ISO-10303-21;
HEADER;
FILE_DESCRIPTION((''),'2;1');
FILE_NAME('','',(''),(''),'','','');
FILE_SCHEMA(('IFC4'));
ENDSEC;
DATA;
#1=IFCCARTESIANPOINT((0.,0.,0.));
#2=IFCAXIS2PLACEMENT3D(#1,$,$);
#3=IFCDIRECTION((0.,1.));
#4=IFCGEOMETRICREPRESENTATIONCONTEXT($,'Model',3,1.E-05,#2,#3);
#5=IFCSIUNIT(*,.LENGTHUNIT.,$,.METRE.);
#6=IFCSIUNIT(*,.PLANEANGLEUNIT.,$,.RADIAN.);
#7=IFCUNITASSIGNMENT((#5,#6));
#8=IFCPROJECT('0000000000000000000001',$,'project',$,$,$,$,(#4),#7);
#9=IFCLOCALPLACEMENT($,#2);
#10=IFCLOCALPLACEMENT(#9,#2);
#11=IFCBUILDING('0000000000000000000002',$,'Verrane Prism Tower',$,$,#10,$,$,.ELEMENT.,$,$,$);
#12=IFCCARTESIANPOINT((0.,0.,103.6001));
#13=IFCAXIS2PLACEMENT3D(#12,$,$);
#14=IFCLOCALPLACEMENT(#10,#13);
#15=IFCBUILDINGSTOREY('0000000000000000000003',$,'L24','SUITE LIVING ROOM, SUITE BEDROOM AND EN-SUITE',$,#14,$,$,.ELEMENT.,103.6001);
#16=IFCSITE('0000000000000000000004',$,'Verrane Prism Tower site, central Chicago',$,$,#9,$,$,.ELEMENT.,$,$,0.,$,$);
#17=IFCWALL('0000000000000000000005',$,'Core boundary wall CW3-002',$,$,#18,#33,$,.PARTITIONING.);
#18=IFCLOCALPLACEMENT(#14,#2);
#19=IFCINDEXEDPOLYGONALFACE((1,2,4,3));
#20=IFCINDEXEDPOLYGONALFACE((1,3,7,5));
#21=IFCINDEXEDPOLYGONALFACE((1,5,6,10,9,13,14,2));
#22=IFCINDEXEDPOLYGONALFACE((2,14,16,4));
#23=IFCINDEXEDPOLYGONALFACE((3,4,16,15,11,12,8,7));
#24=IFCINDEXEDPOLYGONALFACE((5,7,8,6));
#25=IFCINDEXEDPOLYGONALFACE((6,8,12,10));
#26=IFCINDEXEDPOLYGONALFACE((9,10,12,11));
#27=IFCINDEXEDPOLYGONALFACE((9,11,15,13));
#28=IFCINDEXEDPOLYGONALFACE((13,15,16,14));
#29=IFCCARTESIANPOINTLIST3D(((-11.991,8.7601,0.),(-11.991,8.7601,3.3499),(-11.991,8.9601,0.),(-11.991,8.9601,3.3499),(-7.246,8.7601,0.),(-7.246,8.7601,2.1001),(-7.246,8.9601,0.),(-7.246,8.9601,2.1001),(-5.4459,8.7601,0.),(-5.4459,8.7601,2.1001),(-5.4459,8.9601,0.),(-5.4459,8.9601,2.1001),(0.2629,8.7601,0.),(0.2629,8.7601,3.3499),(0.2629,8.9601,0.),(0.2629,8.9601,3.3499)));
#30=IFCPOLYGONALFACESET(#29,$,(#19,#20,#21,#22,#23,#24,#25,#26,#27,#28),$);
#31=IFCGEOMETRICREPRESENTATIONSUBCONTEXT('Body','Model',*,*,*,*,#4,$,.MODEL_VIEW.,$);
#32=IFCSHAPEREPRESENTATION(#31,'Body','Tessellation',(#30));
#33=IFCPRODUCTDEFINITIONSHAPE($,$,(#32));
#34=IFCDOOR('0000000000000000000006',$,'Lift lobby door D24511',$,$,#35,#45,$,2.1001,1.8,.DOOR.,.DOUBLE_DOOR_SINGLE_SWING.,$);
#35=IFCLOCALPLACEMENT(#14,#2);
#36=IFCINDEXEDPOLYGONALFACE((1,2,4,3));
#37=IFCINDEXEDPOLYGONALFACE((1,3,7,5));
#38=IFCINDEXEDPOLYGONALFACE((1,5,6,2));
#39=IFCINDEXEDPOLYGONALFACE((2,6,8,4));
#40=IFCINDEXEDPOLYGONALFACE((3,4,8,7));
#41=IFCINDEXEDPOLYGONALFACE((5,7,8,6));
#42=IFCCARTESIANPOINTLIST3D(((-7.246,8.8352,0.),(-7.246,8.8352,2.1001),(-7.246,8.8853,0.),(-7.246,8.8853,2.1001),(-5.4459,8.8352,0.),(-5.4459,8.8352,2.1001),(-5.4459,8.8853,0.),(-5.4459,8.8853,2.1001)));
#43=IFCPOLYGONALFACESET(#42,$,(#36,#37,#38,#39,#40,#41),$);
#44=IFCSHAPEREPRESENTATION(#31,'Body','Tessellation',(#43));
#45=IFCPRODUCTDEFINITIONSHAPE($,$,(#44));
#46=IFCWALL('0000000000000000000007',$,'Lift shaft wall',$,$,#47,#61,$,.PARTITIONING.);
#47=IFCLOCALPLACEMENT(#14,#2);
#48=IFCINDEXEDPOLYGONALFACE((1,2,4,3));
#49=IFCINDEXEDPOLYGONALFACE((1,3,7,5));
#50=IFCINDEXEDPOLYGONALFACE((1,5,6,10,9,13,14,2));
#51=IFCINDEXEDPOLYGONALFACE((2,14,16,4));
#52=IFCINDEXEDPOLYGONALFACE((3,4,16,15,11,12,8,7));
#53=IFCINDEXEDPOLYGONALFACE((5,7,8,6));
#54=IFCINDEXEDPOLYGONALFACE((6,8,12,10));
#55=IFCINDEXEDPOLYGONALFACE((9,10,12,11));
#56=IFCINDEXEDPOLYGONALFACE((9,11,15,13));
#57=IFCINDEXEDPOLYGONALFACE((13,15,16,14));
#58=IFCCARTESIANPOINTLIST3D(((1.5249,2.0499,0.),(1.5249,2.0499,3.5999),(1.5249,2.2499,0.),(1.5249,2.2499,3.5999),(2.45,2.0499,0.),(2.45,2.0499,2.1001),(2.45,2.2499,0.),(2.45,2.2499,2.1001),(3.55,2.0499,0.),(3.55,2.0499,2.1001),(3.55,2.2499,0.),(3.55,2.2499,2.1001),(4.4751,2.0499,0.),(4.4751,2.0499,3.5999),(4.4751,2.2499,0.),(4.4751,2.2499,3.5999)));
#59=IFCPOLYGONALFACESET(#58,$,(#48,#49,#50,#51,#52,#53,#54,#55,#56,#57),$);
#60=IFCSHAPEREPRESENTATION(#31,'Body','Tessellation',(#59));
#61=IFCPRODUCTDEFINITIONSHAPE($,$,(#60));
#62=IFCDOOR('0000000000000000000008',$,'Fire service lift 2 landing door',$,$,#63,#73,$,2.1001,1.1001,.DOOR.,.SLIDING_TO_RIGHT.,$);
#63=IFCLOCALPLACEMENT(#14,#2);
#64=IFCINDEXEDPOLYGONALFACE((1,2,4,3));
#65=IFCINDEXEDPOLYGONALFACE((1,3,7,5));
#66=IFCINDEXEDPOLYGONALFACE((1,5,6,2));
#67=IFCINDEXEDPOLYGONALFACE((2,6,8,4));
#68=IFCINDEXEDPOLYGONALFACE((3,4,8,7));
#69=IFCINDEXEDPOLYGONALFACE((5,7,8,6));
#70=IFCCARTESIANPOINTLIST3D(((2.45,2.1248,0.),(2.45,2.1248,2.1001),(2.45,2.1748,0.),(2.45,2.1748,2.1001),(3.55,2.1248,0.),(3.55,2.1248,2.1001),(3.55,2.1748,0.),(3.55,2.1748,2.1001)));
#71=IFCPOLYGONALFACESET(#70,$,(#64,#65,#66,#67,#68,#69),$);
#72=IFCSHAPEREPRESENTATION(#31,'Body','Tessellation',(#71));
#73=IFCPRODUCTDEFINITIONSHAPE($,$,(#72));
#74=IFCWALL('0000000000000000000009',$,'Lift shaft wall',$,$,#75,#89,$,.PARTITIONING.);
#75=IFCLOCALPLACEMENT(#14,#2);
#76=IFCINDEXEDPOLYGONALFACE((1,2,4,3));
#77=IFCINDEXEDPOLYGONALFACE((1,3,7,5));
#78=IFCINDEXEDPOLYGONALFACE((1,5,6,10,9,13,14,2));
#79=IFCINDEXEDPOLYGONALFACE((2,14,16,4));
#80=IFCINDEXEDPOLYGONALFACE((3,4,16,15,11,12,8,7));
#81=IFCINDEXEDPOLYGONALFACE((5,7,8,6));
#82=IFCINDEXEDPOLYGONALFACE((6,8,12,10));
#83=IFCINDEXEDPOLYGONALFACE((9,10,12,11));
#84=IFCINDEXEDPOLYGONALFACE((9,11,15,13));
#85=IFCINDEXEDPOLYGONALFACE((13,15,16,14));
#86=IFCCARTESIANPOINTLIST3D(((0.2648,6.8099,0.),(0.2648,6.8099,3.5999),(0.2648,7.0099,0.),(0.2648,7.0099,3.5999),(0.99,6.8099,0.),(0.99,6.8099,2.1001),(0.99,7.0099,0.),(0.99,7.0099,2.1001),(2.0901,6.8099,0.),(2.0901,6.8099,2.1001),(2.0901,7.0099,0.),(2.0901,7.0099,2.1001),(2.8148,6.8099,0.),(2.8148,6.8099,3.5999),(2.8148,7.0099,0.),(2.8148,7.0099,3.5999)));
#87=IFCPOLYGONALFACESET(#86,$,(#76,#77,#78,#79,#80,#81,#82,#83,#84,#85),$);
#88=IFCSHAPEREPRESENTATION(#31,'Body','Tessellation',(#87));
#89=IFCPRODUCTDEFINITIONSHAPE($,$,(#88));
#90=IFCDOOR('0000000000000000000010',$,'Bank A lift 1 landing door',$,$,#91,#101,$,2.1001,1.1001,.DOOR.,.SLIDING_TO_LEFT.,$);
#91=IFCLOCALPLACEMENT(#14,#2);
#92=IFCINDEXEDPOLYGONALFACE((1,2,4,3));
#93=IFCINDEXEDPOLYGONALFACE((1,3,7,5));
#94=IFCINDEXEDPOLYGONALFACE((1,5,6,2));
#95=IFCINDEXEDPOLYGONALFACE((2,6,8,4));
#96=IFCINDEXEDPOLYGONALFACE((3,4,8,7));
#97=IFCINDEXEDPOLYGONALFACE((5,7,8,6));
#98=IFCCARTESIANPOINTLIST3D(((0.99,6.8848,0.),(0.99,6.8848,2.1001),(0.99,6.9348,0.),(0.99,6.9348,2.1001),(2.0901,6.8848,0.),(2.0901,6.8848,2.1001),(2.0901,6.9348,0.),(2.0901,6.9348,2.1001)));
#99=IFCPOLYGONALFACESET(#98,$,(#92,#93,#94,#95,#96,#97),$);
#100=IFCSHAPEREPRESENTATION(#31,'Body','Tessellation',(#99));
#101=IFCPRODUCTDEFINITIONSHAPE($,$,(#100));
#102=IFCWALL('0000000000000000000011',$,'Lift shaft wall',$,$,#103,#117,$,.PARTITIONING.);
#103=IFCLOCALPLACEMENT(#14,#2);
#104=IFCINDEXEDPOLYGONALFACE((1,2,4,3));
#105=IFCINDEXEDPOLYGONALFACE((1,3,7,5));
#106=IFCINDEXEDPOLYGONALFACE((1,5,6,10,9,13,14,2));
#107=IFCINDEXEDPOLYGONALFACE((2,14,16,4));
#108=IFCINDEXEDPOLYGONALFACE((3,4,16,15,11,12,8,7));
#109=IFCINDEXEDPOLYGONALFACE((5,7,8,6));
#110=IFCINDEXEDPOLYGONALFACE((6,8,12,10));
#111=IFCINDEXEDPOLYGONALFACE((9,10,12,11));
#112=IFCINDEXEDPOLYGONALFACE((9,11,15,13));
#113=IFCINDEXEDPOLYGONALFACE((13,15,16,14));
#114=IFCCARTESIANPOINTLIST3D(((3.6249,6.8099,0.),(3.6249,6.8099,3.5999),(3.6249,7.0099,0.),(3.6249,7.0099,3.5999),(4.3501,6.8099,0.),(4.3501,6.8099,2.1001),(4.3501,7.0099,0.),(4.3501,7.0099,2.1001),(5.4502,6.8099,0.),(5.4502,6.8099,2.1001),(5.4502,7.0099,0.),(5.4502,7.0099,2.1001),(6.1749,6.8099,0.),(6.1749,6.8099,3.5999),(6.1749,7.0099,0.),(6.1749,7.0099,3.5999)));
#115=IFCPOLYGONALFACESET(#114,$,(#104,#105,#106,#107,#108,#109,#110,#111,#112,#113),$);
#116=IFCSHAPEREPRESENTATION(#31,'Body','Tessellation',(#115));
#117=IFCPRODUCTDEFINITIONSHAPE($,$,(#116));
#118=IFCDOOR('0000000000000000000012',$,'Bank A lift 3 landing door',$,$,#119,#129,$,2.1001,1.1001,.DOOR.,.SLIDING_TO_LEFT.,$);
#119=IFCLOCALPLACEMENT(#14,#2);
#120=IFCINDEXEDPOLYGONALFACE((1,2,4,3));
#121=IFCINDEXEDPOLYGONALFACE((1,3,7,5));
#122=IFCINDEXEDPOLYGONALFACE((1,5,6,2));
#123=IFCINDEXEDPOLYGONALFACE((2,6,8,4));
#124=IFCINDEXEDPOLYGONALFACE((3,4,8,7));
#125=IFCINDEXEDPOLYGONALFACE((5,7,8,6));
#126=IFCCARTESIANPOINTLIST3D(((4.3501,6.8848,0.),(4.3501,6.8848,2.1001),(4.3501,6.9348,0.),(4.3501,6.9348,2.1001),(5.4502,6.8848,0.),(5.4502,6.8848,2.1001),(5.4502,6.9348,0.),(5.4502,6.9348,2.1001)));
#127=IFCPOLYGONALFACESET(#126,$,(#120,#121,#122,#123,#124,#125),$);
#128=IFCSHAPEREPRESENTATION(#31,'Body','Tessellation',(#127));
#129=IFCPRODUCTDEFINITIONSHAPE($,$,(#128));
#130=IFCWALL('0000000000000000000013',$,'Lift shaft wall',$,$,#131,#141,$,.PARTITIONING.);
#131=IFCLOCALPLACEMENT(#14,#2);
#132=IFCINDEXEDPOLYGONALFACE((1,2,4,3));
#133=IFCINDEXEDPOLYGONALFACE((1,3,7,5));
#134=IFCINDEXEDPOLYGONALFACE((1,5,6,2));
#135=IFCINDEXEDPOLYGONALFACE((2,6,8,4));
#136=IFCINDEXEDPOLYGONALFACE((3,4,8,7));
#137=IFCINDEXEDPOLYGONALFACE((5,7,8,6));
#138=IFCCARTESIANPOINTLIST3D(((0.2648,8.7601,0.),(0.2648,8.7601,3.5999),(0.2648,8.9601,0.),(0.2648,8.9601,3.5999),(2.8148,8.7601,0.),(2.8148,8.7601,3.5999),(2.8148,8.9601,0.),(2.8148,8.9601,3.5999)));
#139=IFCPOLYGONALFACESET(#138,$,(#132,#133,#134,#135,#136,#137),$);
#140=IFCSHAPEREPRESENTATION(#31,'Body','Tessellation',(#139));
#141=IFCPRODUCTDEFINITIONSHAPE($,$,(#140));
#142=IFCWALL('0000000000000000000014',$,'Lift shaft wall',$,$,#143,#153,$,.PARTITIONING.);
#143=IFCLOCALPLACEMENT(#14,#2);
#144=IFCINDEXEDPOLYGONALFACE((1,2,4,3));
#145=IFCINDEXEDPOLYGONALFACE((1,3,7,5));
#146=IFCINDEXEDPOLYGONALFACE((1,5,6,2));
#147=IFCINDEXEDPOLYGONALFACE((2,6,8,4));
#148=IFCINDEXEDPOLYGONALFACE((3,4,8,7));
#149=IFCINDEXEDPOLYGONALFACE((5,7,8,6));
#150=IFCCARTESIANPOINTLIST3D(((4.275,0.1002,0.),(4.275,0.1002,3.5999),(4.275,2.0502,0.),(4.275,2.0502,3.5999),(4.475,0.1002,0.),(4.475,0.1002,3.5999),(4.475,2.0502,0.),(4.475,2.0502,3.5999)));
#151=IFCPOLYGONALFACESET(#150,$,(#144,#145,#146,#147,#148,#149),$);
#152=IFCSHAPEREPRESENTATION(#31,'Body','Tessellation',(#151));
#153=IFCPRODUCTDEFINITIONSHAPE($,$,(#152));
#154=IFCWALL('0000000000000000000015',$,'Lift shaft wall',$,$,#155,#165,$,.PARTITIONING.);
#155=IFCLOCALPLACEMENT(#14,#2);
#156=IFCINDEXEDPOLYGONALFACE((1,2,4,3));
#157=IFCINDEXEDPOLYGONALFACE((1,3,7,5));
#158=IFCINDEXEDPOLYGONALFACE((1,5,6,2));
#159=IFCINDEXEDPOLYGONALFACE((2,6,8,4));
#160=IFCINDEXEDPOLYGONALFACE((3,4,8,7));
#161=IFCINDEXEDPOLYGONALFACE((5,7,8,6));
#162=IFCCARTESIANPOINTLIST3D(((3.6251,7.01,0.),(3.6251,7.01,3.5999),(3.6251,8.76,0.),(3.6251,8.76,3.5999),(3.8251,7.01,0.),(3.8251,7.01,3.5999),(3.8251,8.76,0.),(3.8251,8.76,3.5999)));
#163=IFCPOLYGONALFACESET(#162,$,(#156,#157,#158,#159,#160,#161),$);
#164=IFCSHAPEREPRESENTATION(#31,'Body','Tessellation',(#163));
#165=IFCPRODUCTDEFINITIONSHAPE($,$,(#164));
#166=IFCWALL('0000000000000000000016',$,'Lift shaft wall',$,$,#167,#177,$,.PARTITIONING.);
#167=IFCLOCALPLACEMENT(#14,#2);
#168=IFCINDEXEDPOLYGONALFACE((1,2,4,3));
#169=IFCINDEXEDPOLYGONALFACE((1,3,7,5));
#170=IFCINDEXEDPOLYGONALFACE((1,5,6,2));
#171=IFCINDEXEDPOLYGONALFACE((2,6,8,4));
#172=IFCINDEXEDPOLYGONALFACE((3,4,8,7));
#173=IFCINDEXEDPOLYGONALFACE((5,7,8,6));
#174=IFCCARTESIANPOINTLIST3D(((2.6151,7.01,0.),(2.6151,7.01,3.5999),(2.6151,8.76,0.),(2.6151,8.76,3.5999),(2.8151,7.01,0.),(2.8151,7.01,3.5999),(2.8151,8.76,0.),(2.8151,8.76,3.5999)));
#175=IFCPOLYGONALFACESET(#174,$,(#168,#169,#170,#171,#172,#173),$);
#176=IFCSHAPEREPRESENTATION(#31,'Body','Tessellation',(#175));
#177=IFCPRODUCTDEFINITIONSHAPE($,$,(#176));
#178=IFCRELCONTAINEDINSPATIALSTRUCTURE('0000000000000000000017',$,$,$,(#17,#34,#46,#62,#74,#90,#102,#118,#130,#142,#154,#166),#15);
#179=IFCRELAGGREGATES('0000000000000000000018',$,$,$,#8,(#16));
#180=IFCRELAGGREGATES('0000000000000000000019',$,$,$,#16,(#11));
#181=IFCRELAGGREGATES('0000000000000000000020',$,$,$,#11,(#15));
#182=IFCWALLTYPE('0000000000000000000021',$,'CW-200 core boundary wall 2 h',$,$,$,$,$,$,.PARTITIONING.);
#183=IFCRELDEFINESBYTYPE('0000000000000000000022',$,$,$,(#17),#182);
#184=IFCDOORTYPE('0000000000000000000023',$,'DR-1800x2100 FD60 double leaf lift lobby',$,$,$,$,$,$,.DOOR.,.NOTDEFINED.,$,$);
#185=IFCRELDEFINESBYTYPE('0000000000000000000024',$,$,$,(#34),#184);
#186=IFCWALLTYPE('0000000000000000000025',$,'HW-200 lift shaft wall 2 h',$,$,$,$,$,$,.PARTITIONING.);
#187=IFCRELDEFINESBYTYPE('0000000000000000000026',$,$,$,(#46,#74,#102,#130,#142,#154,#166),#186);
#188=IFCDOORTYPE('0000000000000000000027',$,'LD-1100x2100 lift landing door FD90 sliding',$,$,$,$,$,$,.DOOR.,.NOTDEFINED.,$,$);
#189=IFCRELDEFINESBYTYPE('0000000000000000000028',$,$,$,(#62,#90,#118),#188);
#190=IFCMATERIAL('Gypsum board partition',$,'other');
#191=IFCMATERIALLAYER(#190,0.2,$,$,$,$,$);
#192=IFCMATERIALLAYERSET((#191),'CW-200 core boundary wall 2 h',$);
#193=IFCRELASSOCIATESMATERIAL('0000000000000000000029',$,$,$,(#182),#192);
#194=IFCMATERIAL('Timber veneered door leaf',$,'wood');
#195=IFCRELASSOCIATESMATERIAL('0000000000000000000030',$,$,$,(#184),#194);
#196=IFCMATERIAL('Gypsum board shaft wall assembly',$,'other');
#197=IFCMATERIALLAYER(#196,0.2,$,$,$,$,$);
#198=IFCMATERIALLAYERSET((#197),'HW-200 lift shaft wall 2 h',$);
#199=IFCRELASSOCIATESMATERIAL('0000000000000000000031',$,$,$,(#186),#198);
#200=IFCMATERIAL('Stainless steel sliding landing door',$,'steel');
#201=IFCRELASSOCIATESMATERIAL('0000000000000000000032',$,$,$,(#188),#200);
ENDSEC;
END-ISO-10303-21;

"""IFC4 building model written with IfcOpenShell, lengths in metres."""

from ifc_helpers import new_model, si_unit, direction, frame, frame_2d, origin, place, context, subcontext, project, spatial, rectangle, extrude, material, layer, layer_set, type_object, element, fill, save


model = new_model("IFC4")

# Units and contexts
model_context = context("Model", 3, precision=1e-05, world=origin(), true_north=direction((0.0, 1.0)))
body_context = subcontext(model_context, "Body", "Model", "MODEL_VIEW")
ifc_project = project(units=[si_unit("LENGTHUNIT", "METRE"), si_unit("PLANEANGLEUNIT", "RADIAN")], contexts=[model_context])

# Site, building, storey
site_placement = place(None, origin())
site = spatial("IfcSite", under=ifc_project, at=site_placement, Name="Verrane Prism Tower site, central Chicago", CompositionType="ELEMENT", RefElevation=0.0)
building_placement = place(site_placement, origin())
building = spatial("IfcBuilding", under=site, at=building_placement, Name="Verrane Prism Tower", CompositionType="ELEMENT")
storey_placement = place(building_placement, frame((0.0, 0.0, 103.6001)))
storey = spatial("IfcBuildingStorey", under=building, at=storey_placement, Name="L24", Description="SUITE LIVING ROOM, SUITE BEDROOM AND EN-SUITE", CompositionType="ELEMENT", Elevation=103.6001)

# Walls, openings, doors
ifc_material_1 = material(Name="Gypsum board partition", Category="other")
ifc_layer_1 = layer(ifc_material_1, 0.2)
ifc_layer_set_1 = layer_set([ifc_layer_1], Name="CW-200 core boundary wall 2 h")
wall_type_1 = type_object("IfcWallType", Name="CW-200 core boundary wall 2 h", PredefinedType="PARTITIONING", material=ifc_layer_set_1)
wall_1_placement = place(storey_placement, frame((0.2629, 8.8601, 0.0), z_axis=(0.0, 0.0, 1.0), x_axis=(-1.0, 0.0, 0.0)))
wall_1 = element("IfcWall", 1, at=wall_1_placement, inside=storey, type_object=wall_type_1, Name="Core boundary wall CW3-002", PredefinedType="PARTITIONING", context=body_context, shape_type="SweptSolid", body=[
    extrude(rectangle(XDim=12.2539, YDim=0.2, at=frame_2d((6.127, 0.0))), origin(), (0.0, 0.0, 1.0), 3.3499),
])
opening_1_placement = place(wall_1_placement, frame((5.709, 0.0, 0.0)))
opening_1 = element("IfcOpeningElement", 2, at=opening_1_placement, cuts=wall_1, PredefinedType="OPENING", context=body_context, shape_type="SweptSolid", body=[
    extrude(rectangle(XDim=1.8, YDim=2.1001, at=frame_2d((0.8999, 1.05))), frame((0.0, 0.1099, 0.0), z_axis=(0.0, -1.0, 0.0), x_axis=(1.0, 0.0, 0.0)), (0.0, 0.0, 1.0), 0.22),
])
ifc_material_2 = material(Name="Timber veneered door leaf", Category="wood")
door_type_1 = type_object("IfcDoorType", Name="DR-1800x2100 FD60 double leaf lift lobby", OperationType="NOTDEFINED", PredefinedType="DOOR", material=ifc_material_2)
door_1_placement = place(opening_1_placement, origin())
door_1 = element("IfcDoor", 3, at=door_1_placement, inside=storey, type_object=door_type_1, Name="Lift lobby door D24511", OperationType="DOUBLE_DOOR_SINGLE_SWING", OverallHeight=2.1001, OverallWidth=1.8, PredefinedType="DOOR", context=body_context, shape_type="SweptSolid", body=[
    extrude(rectangle(XDim=1.8, YDim=2.1001, at=frame_2d((0.8999, 1.05))), frame((0.0, 0.0249, 0.0), z_axis=(0.0, -1.0, 0.0), x_axis=(1.0, 0.0, 0.0)), (0.0, 0.0, 1.0), 0.05),
])
fill(opening_1, door_1)
ifc_material_3 = material(Name="Gypsum board shaft wall assembly", Category="other")
ifc_layer_2 = layer(ifc_material_3, 0.2)
ifc_layer_set_2 = layer_set([ifc_layer_2], Name="HW-200 lift shaft wall 2 h")
wall_type_2 = type_object("IfcWallType", Name="HW-200 lift shaft wall 2 h", PredefinedType="PARTITIONING", material=ifc_layer_set_2)
wall_2_placement = place(storey_placement, frame((1.5249, 2.1499, 0.0), z_axis=(0.0, 0.0, 1.0), x_axis=(1.0, 0.0, 0.0)))
wall_2 = element("IfcWall", 4, at=wall_2_placement, inside=storey, type_object=wall_type_2, Name="Lift shaft wall", PredefinedType="PARTITIONING", context=body_context, shape_type="SweptSolid", body=[
    extrude(rectangle(XDim=2.9502, YDim=0.2, at=frame_2d((1.4751, 0.0))), origin(), (0.0, 0.0, 1.0), 3.5999),
])
opening_2_placement = place(wall_2_placement, frame((0.925, 0.0, 0.0)))
opening_2 = element("IfcOpeningElement", 5, at=opening_2_placement, cuts=wall_2, PredefinedType="OPENING", context=body_context, shape_type="SweptSolid", body=[
    extrude(rectangle(XDim=1.1001, YDim=2.1001, at=frame_2d((0.55, 1.05))), frame((0.0, 0.1099, 0.0), z_axis=(0.0, -1.0, 0.0), x_axis=(1.0, 0.0, 0.0)), (0.0, 0.0, 1.0), 0.22),
])
ifc_material_4 = material(Name="Stainless steel sliding landing door", Category="steel")
door_type_2 = type_object("IfcDoorType", Name="LD-1100x2100 lift landing door FD90 sliding", OperationType="NOTDEFINED", PredefinedType="DOOR", material=ifc_material_4)
door_2_placement = place(opening_2_placement, origin())
door_2 = element("IfcDoor", 6, at=door_2_placement, inside=storey, type_object=door_type_2, Name="Fire service lift 2 landing door", OperationType="SLIDING_TO_RIGHT", OverallHeight=2.1001, OverallWidth=1.1001, PredefinedType="DOOR", context=body_context, shape_type="SweptSolid", body=[
    extrude(rectangle(XDim=1.1001, YDim=2.1001, at=frame_2d((0.55, 1.05))), frame((0.0, 0.0249, 0.0), z_axis=(0.0, -1.0, 0.0), x_axis=(1.0, 0.0, 0.0)), (0.0, 0.0, 1.0), 0.05),
])
fill(opening_2, door_2)
wall_3_placement = place(storey_placement, frame((0.2649, 6.9099, 0.0), z_axis=(0.0, 0.0, 1.0), x_axis=(1.0, 0.0, 0.0)))
wall_3 = element("IfcWall", 7, at=wall_3_placement, inside=storey, type_object=wall_type_2, Name="Lift shaft wall", PredefinedType="PARTITIONING", context=body_context, shape_type="SweptSolid", body=[
    extrude(rectangle(XDim=2.55, YDim=0.2, at=frame_2d((1.2749, 0.0))), origin(), (0.0, 0.0, 1.0), 3.5999),
])
opening_3_placement = place(wall_3_placement, frame((0.7251, 0.0, 0.0)))
opening_3 = element("IfcOpeningElement", 8, at=opening_3_placement, cuts=wall_3, PredefinedType="OPENING", context=body_context, shape_type="SweptSolid", body=[
    extrude(rectangle(XDim=1.1001, YDim=2.1001, at=frame_2d((0.55, 1.05))), frame((0.0, 0.1099, 0.0), z_axis=(0.0, -1.0, 0.0), x_axis=(1.0, 0.0, 0.0)), (0.0, 0.0, 1.0), 0.22),
])
door_3_placement = place(opening_3_placement, origin())
door_3 = element("IfcDoor", 9, at=door_3_placement, inside=storey, type_object=door_type_2, Name="Bank A lift 1 landing door", OperationType="SLIDING_TO_LEFT", OverallHeight=2.1001, OverallWidth=1.1001, PredefinedType="DOOR", context=body_context, shape_type="SweptSolid", body=[
    extrude(rectangle(XDim=1.1001, YDim=2.1001, at=frame_2d((0.55, 1.05))), frame((0.0, 0.0249, 0.0), z_axis=(0.0, -1.0, 0.0), x_axis=(1.0, 0.0, 0.0)), (0.0, 0.0, 1.0), 0.05),
])
fill(opening_3, door_3)
wall_4_placement = place(storey_placement, frame((3.625, 6.9099, 0.0), z_axis=(0.0, 0.0, 1.0), x_axis=(1.0, 0.0, 0.0)))
wall_4 = element("IfcWall", 10, at=wall_4_placement, inside=storey, type_object=wall_type_2, Name="Lift shaft wall", PredefinedType="PARTITIONING", context=body_context, shape_type="SweptSolid", body=[
    extrude(rectangle(XDim=2.55, YDim=0.2, at=frame_2d((1.2749, 0.0))), origin(), (0.0, 0.0, 1.0), 3.5999),
])
opening_4_placement = place(wall_4_placement, frame((0.7251, 0.0, 0.0)))
opening_4 = element("IfcOpeningElement", 11, at=opening_4_placement, cuts=wall_4, PredefinedType="OPENING", context=body_context, shape_type="SweptSolid", body=[
    extrude(rectangle(XDim=1.1001, YDim=2.1001, at=frame_2d((0.55, 1.05))), frame((0.0, 0.1099, 0.0), z_axis=(0.0, -1.0, 0.0), x_axis=(1.0, 0.0, 0.0)), (0.0, 0.0, 1.0), 0.22),
])
door_4_placement = place(opening_4_placement, origin())
door_4 = element("IfcDoor", 12, at=door_4_placement, inside=storey, type_object=door_type_2, Name="Bank A lift 3 landing door", OperationType="SLIDING_TO_LEFT", OverallHeight=2.1001, OverallWidth=1.1001, PredefinedType="DOOR", context=body_context, shape_type="SweptSolid", body=[
    extrude(rectangle(XDim=1.1001, YDim=2.1001, at=frame_2d((0.55, 1.05))), frame((0.0, 0.0249, 0.0), z_axis=(0.0, -1.0, 0.0), x_axis=(1.0, 0.0, 0.0)), (0.0, 0.0, 1.0), 0.05),
])
fill(opening_4, door_4)

# Walls
wall_5_placement = place(storey_placement, frame((0.2649, 8.8601, 0.0), z_axis=(0.0, 0.0, 1.0), x_axis=(1.0, 0.0, 0.0)))
element("IfcWall", 13, at=wall_5_placement, inside=storey, type_object=wall_type_2, Name="Lift shaft wall", PredefinedType="PARTITIONING", context=body_context, shape_type="SweptSolid", body=[
    extrude(rectangle(XDim=2.55, YDim=0.2, at=frame_2d((1.2749, 0.0))), origin(), (0.0, 0.0, 1.0), 3.5999),
])
wall_6_placement = place(storey_placement, frame((4.375, 0.1001, 0.0), z_axis=(0.0, 0.0, 1.0), x_axis=(0.0, 1.0, 0.0)))
element("IfcWall", 14, at=wall_6_placement, inside=storey, type_object=wall_type_2, Name="Lift shaft wall", PredefinedType="PARTITIONING", context=body_context, shape_type="SweptSolid", body=[
    extrude(rectangle(XDim=1.95, YDim=0.2, at=frame_2d((0.9751, 0.0))), origin(), (0.0, 0.0, 1.0), 3.5999),
])
for number, where, z_axis, x_axis, name in (
    (15, (3.7251, 7.01, 0.0), (0.0, 0.0, 1.0), (0.0, 1.0, 0.0), "Lift shaft wall"),
    (16, (2.7151, 7.01, 0.0), (0.0, 0.0, 1.0), (0.0, 1.0, 0.0), "Lift shaft wall"),
):
    element("IfcWall", number, at=place(storey_placement, frame(where, z_axis=z_axis, x_axis=x_axis)), inside=storey, type_object=wall_type_2, Name=name, PredefinedType="PARTITIONING", context=body_context, shape_type="SweptSolid", body=[
        extrude(rectangle(XDim=1.75, YDim=0.2, at=frame_2d((0.875, 0.0))), origin(), (0.0, 0.0, 1.0), 3.5999),
    ])

save(model, "model.ifc")
